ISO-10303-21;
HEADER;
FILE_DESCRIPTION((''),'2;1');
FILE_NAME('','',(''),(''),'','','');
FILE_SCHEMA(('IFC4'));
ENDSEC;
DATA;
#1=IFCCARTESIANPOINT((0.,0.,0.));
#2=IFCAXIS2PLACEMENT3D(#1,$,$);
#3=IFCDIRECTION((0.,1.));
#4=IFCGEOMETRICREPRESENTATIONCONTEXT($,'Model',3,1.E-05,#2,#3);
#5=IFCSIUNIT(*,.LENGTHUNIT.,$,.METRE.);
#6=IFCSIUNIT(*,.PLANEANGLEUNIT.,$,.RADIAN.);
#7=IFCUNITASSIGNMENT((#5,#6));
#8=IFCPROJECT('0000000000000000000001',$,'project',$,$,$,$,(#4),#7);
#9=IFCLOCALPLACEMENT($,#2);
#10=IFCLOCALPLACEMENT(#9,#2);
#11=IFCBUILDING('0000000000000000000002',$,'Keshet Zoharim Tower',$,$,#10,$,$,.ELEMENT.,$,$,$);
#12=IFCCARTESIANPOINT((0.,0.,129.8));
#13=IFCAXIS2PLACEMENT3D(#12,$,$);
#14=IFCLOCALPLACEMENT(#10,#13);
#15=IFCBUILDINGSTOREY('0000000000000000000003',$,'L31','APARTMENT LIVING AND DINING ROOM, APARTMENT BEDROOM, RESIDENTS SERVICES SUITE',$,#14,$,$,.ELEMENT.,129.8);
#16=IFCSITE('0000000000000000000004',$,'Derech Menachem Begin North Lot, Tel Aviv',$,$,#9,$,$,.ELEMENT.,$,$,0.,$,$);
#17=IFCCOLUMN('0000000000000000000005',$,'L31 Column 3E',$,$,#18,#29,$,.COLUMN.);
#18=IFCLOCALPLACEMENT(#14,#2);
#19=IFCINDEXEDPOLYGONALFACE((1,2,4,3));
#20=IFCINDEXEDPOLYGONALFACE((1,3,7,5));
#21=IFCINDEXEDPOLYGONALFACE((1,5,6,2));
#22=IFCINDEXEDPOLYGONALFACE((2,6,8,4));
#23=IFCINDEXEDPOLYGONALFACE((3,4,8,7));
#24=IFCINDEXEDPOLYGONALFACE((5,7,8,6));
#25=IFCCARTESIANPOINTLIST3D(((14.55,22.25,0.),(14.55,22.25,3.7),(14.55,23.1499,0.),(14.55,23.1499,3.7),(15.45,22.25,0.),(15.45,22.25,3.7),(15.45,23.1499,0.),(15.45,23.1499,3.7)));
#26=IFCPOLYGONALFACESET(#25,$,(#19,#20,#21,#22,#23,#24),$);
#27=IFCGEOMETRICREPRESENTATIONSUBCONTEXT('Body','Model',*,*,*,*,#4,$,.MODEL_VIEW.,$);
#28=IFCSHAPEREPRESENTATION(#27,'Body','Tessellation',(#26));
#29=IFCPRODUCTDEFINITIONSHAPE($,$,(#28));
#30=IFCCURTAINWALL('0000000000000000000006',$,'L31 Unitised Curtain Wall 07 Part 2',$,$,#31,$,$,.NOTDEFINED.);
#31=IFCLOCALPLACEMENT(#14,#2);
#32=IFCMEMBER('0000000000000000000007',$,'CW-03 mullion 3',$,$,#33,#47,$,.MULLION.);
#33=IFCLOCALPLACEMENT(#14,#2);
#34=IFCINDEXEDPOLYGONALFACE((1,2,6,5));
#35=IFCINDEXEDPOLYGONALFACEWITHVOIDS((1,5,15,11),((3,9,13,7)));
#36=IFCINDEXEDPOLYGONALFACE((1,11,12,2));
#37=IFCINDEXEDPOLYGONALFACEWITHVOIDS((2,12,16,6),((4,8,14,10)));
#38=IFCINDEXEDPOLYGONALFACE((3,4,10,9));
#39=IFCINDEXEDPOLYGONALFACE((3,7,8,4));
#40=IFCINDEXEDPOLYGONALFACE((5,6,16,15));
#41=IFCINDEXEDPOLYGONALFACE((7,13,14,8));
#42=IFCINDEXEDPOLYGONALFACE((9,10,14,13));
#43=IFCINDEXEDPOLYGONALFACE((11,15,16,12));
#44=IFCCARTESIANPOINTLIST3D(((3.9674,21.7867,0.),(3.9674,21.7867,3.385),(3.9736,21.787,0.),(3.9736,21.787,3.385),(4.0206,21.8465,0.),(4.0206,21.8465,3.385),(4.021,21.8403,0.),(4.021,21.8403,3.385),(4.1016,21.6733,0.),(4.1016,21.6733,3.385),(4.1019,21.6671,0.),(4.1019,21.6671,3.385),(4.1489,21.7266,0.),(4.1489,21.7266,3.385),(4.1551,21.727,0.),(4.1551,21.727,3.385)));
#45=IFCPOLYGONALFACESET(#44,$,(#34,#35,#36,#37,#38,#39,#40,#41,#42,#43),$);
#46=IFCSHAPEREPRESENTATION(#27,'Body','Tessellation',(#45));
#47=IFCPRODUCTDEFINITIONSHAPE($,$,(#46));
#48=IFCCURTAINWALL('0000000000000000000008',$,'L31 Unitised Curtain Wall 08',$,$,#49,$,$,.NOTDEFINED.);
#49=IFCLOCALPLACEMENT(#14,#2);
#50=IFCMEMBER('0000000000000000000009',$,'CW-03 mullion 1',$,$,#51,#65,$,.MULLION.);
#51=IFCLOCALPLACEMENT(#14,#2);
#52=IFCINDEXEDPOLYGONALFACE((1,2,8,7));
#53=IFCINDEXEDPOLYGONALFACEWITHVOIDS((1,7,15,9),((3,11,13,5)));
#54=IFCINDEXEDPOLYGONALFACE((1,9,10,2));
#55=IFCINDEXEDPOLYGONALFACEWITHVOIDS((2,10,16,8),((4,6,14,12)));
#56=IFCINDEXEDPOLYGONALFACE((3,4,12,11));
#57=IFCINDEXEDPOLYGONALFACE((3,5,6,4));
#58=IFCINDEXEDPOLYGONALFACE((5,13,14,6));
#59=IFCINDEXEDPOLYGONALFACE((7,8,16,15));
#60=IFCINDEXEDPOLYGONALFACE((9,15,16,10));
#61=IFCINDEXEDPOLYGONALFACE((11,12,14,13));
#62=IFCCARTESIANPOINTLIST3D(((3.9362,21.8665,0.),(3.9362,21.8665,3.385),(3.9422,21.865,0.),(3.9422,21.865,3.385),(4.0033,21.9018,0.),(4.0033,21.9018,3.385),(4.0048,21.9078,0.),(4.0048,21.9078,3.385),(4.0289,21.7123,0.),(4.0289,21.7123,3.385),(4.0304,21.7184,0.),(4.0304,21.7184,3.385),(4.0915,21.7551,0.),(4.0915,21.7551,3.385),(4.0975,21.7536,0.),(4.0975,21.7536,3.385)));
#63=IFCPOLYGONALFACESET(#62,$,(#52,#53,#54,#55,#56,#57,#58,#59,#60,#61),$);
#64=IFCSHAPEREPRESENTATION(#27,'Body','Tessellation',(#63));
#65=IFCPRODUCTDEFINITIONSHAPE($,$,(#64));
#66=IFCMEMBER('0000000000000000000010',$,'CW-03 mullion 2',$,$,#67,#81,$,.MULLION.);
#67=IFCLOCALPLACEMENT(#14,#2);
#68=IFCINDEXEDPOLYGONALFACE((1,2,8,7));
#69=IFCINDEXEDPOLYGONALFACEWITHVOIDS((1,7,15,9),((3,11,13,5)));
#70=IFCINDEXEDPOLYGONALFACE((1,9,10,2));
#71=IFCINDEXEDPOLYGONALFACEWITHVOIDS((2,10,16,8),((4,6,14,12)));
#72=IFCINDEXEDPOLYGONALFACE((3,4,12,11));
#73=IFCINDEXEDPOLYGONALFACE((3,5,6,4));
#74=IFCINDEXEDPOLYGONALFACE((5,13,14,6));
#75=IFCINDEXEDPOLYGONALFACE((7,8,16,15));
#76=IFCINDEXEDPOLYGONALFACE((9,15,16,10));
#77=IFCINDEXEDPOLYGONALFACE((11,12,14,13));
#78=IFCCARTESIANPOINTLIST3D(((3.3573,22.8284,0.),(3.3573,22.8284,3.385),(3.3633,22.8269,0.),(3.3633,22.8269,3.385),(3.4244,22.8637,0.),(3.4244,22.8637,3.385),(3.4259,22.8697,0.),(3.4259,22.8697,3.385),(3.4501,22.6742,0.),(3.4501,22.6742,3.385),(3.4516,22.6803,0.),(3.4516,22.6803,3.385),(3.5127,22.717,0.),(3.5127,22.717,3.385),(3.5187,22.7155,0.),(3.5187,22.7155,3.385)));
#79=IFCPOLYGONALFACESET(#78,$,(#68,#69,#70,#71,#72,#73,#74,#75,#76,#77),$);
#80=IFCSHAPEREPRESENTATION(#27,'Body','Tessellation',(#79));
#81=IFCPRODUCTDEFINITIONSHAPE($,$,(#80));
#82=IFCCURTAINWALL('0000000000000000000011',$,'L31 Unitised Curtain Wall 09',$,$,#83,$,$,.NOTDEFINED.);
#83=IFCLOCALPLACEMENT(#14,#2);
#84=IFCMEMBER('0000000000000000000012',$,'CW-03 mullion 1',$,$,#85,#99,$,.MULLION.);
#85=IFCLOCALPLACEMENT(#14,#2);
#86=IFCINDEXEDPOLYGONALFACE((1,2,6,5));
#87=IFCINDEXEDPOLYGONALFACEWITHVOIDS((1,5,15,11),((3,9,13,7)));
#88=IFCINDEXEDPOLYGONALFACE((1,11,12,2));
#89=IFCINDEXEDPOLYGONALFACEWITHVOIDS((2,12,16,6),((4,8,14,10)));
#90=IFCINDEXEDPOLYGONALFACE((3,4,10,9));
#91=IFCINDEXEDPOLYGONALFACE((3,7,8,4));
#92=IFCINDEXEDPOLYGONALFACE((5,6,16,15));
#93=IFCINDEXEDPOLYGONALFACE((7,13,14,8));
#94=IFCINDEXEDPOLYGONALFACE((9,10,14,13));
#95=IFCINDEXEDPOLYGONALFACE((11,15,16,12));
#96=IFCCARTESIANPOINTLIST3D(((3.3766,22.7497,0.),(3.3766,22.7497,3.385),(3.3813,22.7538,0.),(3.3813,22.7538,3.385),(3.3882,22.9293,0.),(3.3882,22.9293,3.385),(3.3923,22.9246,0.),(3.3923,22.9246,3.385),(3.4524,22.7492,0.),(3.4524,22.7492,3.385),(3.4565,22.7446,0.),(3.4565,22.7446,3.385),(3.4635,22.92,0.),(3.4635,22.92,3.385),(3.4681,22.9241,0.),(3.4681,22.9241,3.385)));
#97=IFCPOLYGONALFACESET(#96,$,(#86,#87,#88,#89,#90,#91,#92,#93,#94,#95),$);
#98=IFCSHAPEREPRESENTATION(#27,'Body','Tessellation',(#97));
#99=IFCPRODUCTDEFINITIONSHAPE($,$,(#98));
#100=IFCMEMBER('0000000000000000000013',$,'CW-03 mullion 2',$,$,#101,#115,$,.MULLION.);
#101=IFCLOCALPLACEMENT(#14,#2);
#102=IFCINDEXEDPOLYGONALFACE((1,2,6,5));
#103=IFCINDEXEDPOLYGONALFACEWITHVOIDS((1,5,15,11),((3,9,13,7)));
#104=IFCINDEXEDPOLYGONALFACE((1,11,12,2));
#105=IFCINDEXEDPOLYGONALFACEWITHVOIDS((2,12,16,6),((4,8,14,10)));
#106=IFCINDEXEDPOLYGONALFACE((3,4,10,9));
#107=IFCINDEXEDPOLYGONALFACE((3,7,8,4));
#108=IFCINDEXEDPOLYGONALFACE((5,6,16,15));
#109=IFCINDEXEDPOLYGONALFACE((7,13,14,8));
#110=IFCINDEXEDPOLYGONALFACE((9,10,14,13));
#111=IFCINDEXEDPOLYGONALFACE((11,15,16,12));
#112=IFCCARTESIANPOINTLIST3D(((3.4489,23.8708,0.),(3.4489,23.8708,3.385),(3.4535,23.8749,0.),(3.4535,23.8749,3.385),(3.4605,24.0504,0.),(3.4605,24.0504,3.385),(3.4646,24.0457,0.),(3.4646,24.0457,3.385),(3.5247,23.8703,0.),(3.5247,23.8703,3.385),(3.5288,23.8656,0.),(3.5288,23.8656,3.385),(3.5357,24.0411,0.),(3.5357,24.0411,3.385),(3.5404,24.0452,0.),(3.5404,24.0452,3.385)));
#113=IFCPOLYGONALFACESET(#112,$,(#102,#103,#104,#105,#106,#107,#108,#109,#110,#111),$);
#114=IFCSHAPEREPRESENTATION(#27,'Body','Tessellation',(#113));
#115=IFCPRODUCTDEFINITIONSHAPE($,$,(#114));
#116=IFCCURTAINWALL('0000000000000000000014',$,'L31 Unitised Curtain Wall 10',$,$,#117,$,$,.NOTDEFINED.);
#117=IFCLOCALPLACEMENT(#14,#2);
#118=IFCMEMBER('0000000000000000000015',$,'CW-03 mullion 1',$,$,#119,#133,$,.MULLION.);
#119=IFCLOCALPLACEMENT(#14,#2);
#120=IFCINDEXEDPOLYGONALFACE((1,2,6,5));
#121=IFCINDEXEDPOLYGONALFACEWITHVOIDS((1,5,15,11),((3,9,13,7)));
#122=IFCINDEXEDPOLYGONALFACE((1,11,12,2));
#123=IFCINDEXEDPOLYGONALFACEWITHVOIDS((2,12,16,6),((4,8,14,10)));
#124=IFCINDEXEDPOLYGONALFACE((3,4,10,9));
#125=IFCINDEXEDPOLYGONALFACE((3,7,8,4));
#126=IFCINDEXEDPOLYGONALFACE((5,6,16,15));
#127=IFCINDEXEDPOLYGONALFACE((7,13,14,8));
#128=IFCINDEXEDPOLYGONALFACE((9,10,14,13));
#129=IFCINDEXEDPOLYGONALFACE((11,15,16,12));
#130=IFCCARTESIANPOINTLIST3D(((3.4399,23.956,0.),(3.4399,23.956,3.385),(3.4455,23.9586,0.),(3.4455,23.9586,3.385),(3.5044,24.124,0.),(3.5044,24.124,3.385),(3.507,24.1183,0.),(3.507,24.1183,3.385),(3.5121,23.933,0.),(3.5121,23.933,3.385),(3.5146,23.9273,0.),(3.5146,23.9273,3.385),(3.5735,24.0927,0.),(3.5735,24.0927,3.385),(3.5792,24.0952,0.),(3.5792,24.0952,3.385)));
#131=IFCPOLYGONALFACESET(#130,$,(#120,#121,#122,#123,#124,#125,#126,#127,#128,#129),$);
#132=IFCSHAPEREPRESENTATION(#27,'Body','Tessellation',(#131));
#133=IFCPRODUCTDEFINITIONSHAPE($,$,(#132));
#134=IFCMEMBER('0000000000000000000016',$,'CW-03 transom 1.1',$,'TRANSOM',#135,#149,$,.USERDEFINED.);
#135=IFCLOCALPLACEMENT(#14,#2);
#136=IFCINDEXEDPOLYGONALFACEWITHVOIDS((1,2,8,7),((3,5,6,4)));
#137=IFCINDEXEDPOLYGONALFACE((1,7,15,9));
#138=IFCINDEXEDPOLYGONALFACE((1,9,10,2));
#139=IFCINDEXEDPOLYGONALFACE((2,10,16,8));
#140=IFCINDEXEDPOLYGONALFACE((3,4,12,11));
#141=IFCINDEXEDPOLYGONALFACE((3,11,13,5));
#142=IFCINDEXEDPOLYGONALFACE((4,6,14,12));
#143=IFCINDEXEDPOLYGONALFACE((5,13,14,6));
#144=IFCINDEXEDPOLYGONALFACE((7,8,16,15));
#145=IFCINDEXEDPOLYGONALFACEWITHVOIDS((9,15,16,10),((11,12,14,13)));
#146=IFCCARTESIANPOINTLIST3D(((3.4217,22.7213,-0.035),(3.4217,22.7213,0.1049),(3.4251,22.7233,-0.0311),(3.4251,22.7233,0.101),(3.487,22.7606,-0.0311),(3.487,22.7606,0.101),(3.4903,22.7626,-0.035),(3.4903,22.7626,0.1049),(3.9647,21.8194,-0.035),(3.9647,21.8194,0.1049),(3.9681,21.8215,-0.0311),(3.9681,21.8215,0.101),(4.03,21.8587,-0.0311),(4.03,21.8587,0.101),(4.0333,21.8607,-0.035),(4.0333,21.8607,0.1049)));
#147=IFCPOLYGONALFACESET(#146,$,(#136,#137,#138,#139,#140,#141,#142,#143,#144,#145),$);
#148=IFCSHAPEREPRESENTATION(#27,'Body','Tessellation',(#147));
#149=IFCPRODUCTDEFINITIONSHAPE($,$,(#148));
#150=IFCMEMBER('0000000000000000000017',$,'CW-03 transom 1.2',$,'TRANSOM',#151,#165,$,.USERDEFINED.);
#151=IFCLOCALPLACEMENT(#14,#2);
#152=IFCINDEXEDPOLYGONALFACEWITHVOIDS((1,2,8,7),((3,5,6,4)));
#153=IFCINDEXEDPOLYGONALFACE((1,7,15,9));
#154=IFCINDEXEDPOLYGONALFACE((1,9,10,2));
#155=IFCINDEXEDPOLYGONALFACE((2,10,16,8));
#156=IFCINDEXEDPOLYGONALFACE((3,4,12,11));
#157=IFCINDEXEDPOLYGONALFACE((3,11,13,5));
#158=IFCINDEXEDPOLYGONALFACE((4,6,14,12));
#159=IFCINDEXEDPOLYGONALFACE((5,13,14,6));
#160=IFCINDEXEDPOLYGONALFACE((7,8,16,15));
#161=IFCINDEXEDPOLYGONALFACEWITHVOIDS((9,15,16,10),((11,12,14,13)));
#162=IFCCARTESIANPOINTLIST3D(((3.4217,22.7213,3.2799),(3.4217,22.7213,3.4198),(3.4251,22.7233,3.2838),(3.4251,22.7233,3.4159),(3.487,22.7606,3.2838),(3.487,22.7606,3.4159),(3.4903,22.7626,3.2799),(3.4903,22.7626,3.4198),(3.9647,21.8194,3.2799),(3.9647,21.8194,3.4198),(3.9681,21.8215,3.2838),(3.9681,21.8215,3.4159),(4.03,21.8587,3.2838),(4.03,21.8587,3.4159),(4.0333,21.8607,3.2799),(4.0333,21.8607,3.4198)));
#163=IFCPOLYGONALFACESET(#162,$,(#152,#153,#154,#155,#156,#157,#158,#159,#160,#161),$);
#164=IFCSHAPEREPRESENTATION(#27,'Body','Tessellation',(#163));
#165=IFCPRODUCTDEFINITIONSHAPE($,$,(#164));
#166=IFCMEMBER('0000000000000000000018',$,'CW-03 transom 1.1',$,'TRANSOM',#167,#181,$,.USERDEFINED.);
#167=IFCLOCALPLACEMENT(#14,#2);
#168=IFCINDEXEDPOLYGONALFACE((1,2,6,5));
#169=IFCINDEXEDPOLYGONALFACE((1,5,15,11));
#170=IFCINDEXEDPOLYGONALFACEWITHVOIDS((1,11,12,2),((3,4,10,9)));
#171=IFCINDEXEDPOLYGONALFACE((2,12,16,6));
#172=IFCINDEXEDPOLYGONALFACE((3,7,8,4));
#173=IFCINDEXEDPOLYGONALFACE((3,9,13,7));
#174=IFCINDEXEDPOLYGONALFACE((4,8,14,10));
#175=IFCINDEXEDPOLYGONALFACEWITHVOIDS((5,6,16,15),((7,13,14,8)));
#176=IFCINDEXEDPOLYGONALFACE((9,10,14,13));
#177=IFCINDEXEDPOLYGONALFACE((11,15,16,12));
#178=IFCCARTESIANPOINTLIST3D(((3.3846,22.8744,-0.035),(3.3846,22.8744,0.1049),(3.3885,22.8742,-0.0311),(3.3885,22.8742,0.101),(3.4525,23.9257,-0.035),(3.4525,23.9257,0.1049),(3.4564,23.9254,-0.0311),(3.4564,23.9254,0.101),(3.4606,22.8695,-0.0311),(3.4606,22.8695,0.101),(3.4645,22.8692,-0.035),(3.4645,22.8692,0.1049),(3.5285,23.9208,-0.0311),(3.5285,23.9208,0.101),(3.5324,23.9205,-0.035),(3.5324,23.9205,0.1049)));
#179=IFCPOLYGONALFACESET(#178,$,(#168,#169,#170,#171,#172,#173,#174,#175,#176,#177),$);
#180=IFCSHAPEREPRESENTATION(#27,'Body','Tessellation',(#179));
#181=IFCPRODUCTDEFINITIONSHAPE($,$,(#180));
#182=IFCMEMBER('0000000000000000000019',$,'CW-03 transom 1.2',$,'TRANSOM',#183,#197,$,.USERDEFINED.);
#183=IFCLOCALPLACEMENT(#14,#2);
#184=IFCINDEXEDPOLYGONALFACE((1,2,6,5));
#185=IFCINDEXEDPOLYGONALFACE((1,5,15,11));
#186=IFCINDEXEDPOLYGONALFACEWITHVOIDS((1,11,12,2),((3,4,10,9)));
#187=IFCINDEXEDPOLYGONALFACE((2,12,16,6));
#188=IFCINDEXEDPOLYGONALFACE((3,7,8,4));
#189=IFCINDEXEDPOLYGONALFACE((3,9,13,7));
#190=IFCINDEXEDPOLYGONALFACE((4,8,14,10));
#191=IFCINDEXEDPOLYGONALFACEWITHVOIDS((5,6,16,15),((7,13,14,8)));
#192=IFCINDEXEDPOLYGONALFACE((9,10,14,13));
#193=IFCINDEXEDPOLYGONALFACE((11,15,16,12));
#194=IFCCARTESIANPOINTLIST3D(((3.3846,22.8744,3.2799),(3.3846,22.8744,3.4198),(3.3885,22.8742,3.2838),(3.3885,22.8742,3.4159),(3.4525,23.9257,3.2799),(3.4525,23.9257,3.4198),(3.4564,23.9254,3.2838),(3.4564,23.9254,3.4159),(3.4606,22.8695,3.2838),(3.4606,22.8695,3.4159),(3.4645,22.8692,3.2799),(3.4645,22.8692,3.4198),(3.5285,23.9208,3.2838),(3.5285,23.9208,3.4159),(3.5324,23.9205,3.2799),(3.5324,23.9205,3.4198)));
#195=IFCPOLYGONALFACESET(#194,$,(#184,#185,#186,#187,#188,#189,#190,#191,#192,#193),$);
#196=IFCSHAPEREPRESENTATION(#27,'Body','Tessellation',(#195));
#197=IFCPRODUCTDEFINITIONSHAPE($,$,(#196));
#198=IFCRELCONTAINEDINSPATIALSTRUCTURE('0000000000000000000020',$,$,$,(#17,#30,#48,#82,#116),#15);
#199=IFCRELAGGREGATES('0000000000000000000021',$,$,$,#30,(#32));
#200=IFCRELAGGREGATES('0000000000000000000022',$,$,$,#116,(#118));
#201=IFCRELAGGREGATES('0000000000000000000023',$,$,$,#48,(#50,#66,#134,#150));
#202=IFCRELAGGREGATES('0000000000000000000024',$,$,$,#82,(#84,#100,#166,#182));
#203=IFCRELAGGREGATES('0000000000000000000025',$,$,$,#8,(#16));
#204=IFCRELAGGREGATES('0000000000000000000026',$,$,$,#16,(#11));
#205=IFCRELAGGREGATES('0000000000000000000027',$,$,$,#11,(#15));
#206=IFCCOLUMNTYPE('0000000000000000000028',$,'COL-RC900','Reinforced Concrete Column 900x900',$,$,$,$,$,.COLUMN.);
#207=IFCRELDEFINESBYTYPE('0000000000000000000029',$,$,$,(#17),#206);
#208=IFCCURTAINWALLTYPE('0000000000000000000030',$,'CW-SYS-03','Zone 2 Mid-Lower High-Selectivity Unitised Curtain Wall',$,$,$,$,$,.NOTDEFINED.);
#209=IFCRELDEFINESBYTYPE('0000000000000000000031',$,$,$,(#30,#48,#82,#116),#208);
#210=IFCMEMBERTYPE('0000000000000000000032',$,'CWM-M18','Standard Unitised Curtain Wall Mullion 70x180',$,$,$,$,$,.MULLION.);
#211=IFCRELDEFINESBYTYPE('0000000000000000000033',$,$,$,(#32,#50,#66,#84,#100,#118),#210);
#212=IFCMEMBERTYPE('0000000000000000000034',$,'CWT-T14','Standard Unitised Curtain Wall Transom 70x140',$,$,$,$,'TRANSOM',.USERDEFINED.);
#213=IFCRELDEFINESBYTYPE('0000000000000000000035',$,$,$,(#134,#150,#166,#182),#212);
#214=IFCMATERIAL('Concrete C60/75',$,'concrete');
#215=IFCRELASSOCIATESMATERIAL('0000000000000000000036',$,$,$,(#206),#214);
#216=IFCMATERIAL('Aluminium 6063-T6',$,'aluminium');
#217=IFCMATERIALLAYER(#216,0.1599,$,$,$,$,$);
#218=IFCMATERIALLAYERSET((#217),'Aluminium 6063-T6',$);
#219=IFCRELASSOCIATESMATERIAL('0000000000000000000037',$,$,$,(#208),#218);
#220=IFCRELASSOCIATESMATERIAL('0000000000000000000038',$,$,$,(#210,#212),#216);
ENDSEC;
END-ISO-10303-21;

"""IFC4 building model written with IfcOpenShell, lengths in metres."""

from ifc_helpers import new_model, si_unit, direction, frame, origin, origin_2d, place, context, subcontext, project, spatial, rectangle, hollow_rectangle, extrude, material, layer, layer_set, material_profile, profile_set, type_object, element, aggregate, save


model = new_model("IFC4")

# Units and contexts
model_context = context("Model", 3, precision=1e-05, world=origin(), true_north=direction((0.0, 1.0)))
body_context = subcontext(model_context, "Body", "Model", "MODEL_VIEW")
ifc_project = project(units=[si_unit("LENGTHUNIT", "METRE"), si_unit("PLANEANGLEUNIT", "RADIAN")], contexts=[model_context])

# Site, building, storey
site_placement = place(None, origin())
site = spatial("IfcSite", under=ifc_project, at=site_placement, Name="Derech Menachem Begin North Lot, Tel Aviv", CompositionType="ELEMENT", RefElevation=0.0)
building_placement = place(site_placement, origin())
building = spatial("IfcBuilding", under=site, at=building_placement, Name="Keshet Zoharim Tower", CompositionType="ELEMENT")
storey_placement = place(building_placement, frame((0.0, 0.0, 129.8)))
storey = spatial("IfcBuildingStorey", under=building, at=storey_placement, Name="L31", Description="APARTMENT LIVING AND DINING ROOM, APARTMENT BEDROOM, RESIDENTS SERVICES SUITE", CompositionType="ELEMENT", Elevation=129.8)

# Column
ifc_material_1 = material(Name="Concrete C60/75", Category="concrete")
ifc_material_profile_1 = material_profile(ifc_material_1, rectangle(XDim=0.8999, YDim=0.8999, at=origin_2d()), Name="RC900x900")
ifc_profile_set_1 = profile_set([ifc_material_profile_1], Name="Concrete C60/75")
column_type = type_object("IfcColumnType", Name="COL-RC900", Description="Reinforced Concrete Column 900x900", PredefinedType="COLUMN", material=ifc_profile_set_1)
column_placement = place(storey_placement, frame((15.0, 22.7, 0.0), z_axis=(0.0, 0.0, 1.0), x_axis=(1.0, 0.0, 0.0)))
element("IfcColumn", 1, at=column_placement, inside=storey, type_object=column_type, Name="L31 Column 3E", PredefinedType="COLUMN", context=body_context, shape_type="SweptSolid", body=[
    extrude(rectangle(XDim=0.8999, YDim=0.8999, at=origin_2d()), origin(), (0.0, 0.0, 1.0), 3.7),
])

# Curtain wall, member
ifc_material_2 = material(Name="Aluminium 6063-T6", Category="aluminium")
ifc_layer_1 = layer(ifc_material_2, 0.1599)
ifc_layer_set_1 = layer_set([ifc_layer_1], Name="Aluminium 6063-T6")
curtain_wall_type = type_object("IfcCurtainWallType", Name="CW-SYS-03", Description="Zone 2 Mid-Lower High-Selectivity Unitised Curtain Wall", PredefinedType="NOTDEFINED", material=ifc_layer_set_1)
curtain_wall_1_placement = place(storey_placement, origin())
curtain_wall_1 = element("IfcCurtainWall", 2, at=curtain_wall_1_placement, inside=storey, type_object=curtain_wall_type, Name="L31 Unitised Curtain Wall 07 Part 2", PredefinedType="NOTDEFINED")
ifc_material_profile_2 = material_profile(ifc_material_2, hollow_rectangle(XDim=0.0801, YDim=0.1799, WallThickness=0.0044, at=origin_2d()), Name="MUL-80x180")
ifc_profile_set_2 = profile_set([ifc_material_profile_2], Name="Aluminium 6063-T6")
member_type_1 = type_object("IfcMemberType", Name="CWM-M18", Description="Standard Unitised Curtain Wall Mullion 70x180", PredefinedType="MULLION", material=ifc_profile_set_2)
member_1_placement = place(storey_placement, frame((4.0613, 21.7568, 0.0), z_axis=(0.0, 0.0, 1.0), x_axis=(-0.664364, -0.74741, 0.0)))
member_1 = element("IfcMember", 3, at=member_1_placement, type_object=member_type_1, Name="CW-03 mullion 3", PredefinedType="MULLION", context=body_context, shape_type="SweptSolid", body=[
    extrude(hollow_rectangle(XDim=0.0801, YDim=0.1799, WallThickness=0.0044, at=origin_2d()), origin(), (0.0, 0.0, 1.0), 3.385),
])
aggregate(curtain_wall_1, [member_1])

# Curtain walls, members
curtain_wall_2_placement = place(storey_placement, origin())
curtain_wall_2 = element("IfcCurtainWall", 4, at=curtain_wall_2_placement, inside=storey, type_object=curtain_wall_type, Name="L31 Unitised Curtain Wall 08", PredefinedType="NOTDEFINED")
member_2_placement = place(storey_placement, frame((4.0168, 21.8101, 0.0), z_axis=(0.0, 0.0, 1.0), x_axis=(-0.856826, -0.515605, 0.0)))
member_2 = element("IfcMember", 5, at=member_2_placement, type_object=member_type_1, Name="CW-03 mullion 1", PredefinedType="MULLION", context=body_context, shape_type="SweptSolid", body=[
    extrude(hollow_rectangle(XDim=0.0801, YDim=0.1799, WallThickness=0.0044, at=origin_2d()), origin(), (0.0, 0.0, 1.0), 3.385),
])
member_3_placement = place(storey_placement, frame((3.438, 22.772, 0.0), z_axis=(0.0, 0.0, 1.0), x_axis=(-0.856826, -0.515605, 0.0)))
member_3 = element("IfcMember", 6, at=member_3_placement, type_object=member_type_1, Name="CW-03 mullion 2", PredefinedType="MULLION", context=body_context, shape_type="SweptSolid", body=[
    extrude(hollow_rectangle(XDim=0.0801, YDim=0.1799, WallThickness=0.0044, at=origin_2d()), origin(), (0.0, 0.0, 1.0), 3.385),
])
curtain_wall_3_placement = place(storey_placement, origin())
curtain_wall_3 = element("IfcCurtainWall", 7, at=curtain_wall_3_placement, inside=storey, type_object=curtain_wall_type, Name="L31 Unitised Curtain Wall 09", PredefinedType="NOTDEFINED")
member_4_placement = place(storey_placement, frame((3.4224, 22.8369, 0.0), z_axis=(0.0, 0.0, 1.0), x_axis=(-0.997917, 0.064517, 0.0)))
member_4 = element("IfcMember", 8, at=member_4_placement, type_object=member_type_1, Name="CW-03 mullion 1", PredefinedType="MULLION", context=body_context, shape_type="SweptSolid", body=[
    extrude(hollow_rectangle(XDim=0.0801, YDim=0.1799, WallThickness=0.0044, at=origin_2d()), origin(), (0.0, 0.0, 1.0), 3.385),
])
member_5_placement = place(storey_placement, frame((3.4946, 23.958, 0.0), z_axis=(0.0, 0.0, 1.0), x_axis=(-0.997917, 0.064517, 0.0)))
member_5 = element("IfcMember", 9, at=member_5_placement, type_object=member_type_1, Name="CW-03 mullion 2", PredefinedType="MULLION", context=body_context, shape_type="SweptSolid", body=[
    extrude(hollow_rectangle(XDim=0.0801, YDim=0.1799, WallThickness=0.0044, at=origin_2d()), origin(), (0.0, 0.0, 1.0), 3.385),
])

# Curtain wall, member
curtain_wall_4_placement = place(storey_placement, origin())
curtain_wall_4 = element("IfcCurtainWall", 10, at=curtain_wall_4_placement, inside=storey, type_object=curtain_wall_type, Name="L31 Unitised Curtain Wall 10", PredefinedType="NOTDEFINED")
member_6_placement = place(storey_placement, frame((3.5095, 24.0256, 0.0), z_axis=(0.0, 0.0, 1.0), x_axis=(-0.933341, 0.35899, 0.0)))
member_6 = element("IfcMember", 11, at=member_6_placement, type_object=member_type_1, Name="CW-03 mullion 1", PredefinedType="MULLION", context=body_context, shape_type="SweptSolid", body=[
    extrude(hollow_rectangle(XDim=0.0801, YDim=0.1799, WallThickness=0.0044, at=origin_2d()), origin(), (0.0, 0.0, 1.0), 3.385),
])

# Members
ifc_material_profile_3 = material_profile(ifc_material_2, hollow_rectangle(XDim=0.0801, YDim=0.1399, WallThickness=0.0039, at=origin_2d()), Name="TRN-80x140")
ifc_profile_set_3 = profile_set([ifc_material_profile_3], Name="Aluminium 6063-T6")
member_type_2 = type_object("IfcMemberType", Name="CWT-T14", Description="Standard Unitised Curtain Wall Transom 70x140", ElementType="TRANSOM", PredefinedType="USERDEFINED", material=ifc_profile_set_3)
member_7_placement = place(storey_placement, frame((3.999, 21.8401, 0.0349), z_axis=(-0.515791, 0.856714, 0.0), x_axis=(-0.856714, -0.515791, 0.0)))
member_7 = element("IfcMember", 12, at=member_7_placement, type_object=member_type_2, Name="CW-03 transom 1.1", ObjectType="TRANSOM", PredefinedType="USERDEFINED", context=body_context, shape_type="SweptSolid", body=[
    extrude(hollow_rectangle(XDim=0.0801, YDim=0.1399, WallThickness=0.0039, at=origin_2d()), origin(), (0.0, 0.0, 1.0), 1.0527),
])
member_8_placement = place(storey_placement, frame((3.999, 21.8401, 3.3499), z_axis=(-0.515791, 0.856714, 0.0), x_axis=(-0.856714, -0.515791, 0.0)))
member_8 = element("IfcMember", 13, at=member_8_placement, type_object=member_type_2, Name="CW-03 transom 1.2", ObjectType="TRANSOM", PredefinedType="USERDEFINED", context=body_context, shape_type="SweptSolid", body=[
    extrude(hollow_rectangle(XDim=0.0801, YDim=0.1399, WallThickness=0.0039, at=origin_2d()), origin(), (0.0, 0.0, 1.0), 1.0527),
])
member_9_placement = place(storey_placement, frame((3.4246, 22.8718, 0.0349), z_axis=(0.064427, 0.997922, 0.0), x_axis=(-0.997922, 0.064427, 0.0)))
member_9 = element("IfcMember", 14, at=member_9_placement, type_object=member_type_2, Name="CW-03 transom 1.1", ObjectType="TRANSOM", PredefinedType="USERDEFINED", context=body_context, shape_type="SweptSolid", body=[
    extrude(hollow_rectangle(XDim=0.0801, YDim=0.1399, WallThickness=0.0039, at=origin_2d()), origin(), (0.0, 0.0, 1.0), 1.0535),
])
member_10_placement = place(storey_placement, frame((3.4246, 22.8718, 3.3499), z_axis=(0.064427, 0.997922, 0.0), x_axis=(-0.997922, 0.064427, 0.0)))
member_10 = element("IfcMember", 15, at=member_10_placement, type_object=member_type_2, Name="CW-03 transom 1.2", ObjectType="TRANSOM", PredefinedType="USERDEFINED", context=body_context, shape_type="SweptSolid", body=[
    extrude(hollow_rectangle(XDim=0.0801, YDim=0.1399, WallThickness=0.0039, at=origin_2d()), origin(), (0.0, 0.0, 1.0), 1.0535),
])
aggregate(curtain_wall_4, [member_6])

aggregate(curtain_wall_2, [member_2, member_3, member_7, member_8])
aggregate(curtain_wall_3, [member_4, member_5, member_9, member_10])

save(model, "model.ifc")
